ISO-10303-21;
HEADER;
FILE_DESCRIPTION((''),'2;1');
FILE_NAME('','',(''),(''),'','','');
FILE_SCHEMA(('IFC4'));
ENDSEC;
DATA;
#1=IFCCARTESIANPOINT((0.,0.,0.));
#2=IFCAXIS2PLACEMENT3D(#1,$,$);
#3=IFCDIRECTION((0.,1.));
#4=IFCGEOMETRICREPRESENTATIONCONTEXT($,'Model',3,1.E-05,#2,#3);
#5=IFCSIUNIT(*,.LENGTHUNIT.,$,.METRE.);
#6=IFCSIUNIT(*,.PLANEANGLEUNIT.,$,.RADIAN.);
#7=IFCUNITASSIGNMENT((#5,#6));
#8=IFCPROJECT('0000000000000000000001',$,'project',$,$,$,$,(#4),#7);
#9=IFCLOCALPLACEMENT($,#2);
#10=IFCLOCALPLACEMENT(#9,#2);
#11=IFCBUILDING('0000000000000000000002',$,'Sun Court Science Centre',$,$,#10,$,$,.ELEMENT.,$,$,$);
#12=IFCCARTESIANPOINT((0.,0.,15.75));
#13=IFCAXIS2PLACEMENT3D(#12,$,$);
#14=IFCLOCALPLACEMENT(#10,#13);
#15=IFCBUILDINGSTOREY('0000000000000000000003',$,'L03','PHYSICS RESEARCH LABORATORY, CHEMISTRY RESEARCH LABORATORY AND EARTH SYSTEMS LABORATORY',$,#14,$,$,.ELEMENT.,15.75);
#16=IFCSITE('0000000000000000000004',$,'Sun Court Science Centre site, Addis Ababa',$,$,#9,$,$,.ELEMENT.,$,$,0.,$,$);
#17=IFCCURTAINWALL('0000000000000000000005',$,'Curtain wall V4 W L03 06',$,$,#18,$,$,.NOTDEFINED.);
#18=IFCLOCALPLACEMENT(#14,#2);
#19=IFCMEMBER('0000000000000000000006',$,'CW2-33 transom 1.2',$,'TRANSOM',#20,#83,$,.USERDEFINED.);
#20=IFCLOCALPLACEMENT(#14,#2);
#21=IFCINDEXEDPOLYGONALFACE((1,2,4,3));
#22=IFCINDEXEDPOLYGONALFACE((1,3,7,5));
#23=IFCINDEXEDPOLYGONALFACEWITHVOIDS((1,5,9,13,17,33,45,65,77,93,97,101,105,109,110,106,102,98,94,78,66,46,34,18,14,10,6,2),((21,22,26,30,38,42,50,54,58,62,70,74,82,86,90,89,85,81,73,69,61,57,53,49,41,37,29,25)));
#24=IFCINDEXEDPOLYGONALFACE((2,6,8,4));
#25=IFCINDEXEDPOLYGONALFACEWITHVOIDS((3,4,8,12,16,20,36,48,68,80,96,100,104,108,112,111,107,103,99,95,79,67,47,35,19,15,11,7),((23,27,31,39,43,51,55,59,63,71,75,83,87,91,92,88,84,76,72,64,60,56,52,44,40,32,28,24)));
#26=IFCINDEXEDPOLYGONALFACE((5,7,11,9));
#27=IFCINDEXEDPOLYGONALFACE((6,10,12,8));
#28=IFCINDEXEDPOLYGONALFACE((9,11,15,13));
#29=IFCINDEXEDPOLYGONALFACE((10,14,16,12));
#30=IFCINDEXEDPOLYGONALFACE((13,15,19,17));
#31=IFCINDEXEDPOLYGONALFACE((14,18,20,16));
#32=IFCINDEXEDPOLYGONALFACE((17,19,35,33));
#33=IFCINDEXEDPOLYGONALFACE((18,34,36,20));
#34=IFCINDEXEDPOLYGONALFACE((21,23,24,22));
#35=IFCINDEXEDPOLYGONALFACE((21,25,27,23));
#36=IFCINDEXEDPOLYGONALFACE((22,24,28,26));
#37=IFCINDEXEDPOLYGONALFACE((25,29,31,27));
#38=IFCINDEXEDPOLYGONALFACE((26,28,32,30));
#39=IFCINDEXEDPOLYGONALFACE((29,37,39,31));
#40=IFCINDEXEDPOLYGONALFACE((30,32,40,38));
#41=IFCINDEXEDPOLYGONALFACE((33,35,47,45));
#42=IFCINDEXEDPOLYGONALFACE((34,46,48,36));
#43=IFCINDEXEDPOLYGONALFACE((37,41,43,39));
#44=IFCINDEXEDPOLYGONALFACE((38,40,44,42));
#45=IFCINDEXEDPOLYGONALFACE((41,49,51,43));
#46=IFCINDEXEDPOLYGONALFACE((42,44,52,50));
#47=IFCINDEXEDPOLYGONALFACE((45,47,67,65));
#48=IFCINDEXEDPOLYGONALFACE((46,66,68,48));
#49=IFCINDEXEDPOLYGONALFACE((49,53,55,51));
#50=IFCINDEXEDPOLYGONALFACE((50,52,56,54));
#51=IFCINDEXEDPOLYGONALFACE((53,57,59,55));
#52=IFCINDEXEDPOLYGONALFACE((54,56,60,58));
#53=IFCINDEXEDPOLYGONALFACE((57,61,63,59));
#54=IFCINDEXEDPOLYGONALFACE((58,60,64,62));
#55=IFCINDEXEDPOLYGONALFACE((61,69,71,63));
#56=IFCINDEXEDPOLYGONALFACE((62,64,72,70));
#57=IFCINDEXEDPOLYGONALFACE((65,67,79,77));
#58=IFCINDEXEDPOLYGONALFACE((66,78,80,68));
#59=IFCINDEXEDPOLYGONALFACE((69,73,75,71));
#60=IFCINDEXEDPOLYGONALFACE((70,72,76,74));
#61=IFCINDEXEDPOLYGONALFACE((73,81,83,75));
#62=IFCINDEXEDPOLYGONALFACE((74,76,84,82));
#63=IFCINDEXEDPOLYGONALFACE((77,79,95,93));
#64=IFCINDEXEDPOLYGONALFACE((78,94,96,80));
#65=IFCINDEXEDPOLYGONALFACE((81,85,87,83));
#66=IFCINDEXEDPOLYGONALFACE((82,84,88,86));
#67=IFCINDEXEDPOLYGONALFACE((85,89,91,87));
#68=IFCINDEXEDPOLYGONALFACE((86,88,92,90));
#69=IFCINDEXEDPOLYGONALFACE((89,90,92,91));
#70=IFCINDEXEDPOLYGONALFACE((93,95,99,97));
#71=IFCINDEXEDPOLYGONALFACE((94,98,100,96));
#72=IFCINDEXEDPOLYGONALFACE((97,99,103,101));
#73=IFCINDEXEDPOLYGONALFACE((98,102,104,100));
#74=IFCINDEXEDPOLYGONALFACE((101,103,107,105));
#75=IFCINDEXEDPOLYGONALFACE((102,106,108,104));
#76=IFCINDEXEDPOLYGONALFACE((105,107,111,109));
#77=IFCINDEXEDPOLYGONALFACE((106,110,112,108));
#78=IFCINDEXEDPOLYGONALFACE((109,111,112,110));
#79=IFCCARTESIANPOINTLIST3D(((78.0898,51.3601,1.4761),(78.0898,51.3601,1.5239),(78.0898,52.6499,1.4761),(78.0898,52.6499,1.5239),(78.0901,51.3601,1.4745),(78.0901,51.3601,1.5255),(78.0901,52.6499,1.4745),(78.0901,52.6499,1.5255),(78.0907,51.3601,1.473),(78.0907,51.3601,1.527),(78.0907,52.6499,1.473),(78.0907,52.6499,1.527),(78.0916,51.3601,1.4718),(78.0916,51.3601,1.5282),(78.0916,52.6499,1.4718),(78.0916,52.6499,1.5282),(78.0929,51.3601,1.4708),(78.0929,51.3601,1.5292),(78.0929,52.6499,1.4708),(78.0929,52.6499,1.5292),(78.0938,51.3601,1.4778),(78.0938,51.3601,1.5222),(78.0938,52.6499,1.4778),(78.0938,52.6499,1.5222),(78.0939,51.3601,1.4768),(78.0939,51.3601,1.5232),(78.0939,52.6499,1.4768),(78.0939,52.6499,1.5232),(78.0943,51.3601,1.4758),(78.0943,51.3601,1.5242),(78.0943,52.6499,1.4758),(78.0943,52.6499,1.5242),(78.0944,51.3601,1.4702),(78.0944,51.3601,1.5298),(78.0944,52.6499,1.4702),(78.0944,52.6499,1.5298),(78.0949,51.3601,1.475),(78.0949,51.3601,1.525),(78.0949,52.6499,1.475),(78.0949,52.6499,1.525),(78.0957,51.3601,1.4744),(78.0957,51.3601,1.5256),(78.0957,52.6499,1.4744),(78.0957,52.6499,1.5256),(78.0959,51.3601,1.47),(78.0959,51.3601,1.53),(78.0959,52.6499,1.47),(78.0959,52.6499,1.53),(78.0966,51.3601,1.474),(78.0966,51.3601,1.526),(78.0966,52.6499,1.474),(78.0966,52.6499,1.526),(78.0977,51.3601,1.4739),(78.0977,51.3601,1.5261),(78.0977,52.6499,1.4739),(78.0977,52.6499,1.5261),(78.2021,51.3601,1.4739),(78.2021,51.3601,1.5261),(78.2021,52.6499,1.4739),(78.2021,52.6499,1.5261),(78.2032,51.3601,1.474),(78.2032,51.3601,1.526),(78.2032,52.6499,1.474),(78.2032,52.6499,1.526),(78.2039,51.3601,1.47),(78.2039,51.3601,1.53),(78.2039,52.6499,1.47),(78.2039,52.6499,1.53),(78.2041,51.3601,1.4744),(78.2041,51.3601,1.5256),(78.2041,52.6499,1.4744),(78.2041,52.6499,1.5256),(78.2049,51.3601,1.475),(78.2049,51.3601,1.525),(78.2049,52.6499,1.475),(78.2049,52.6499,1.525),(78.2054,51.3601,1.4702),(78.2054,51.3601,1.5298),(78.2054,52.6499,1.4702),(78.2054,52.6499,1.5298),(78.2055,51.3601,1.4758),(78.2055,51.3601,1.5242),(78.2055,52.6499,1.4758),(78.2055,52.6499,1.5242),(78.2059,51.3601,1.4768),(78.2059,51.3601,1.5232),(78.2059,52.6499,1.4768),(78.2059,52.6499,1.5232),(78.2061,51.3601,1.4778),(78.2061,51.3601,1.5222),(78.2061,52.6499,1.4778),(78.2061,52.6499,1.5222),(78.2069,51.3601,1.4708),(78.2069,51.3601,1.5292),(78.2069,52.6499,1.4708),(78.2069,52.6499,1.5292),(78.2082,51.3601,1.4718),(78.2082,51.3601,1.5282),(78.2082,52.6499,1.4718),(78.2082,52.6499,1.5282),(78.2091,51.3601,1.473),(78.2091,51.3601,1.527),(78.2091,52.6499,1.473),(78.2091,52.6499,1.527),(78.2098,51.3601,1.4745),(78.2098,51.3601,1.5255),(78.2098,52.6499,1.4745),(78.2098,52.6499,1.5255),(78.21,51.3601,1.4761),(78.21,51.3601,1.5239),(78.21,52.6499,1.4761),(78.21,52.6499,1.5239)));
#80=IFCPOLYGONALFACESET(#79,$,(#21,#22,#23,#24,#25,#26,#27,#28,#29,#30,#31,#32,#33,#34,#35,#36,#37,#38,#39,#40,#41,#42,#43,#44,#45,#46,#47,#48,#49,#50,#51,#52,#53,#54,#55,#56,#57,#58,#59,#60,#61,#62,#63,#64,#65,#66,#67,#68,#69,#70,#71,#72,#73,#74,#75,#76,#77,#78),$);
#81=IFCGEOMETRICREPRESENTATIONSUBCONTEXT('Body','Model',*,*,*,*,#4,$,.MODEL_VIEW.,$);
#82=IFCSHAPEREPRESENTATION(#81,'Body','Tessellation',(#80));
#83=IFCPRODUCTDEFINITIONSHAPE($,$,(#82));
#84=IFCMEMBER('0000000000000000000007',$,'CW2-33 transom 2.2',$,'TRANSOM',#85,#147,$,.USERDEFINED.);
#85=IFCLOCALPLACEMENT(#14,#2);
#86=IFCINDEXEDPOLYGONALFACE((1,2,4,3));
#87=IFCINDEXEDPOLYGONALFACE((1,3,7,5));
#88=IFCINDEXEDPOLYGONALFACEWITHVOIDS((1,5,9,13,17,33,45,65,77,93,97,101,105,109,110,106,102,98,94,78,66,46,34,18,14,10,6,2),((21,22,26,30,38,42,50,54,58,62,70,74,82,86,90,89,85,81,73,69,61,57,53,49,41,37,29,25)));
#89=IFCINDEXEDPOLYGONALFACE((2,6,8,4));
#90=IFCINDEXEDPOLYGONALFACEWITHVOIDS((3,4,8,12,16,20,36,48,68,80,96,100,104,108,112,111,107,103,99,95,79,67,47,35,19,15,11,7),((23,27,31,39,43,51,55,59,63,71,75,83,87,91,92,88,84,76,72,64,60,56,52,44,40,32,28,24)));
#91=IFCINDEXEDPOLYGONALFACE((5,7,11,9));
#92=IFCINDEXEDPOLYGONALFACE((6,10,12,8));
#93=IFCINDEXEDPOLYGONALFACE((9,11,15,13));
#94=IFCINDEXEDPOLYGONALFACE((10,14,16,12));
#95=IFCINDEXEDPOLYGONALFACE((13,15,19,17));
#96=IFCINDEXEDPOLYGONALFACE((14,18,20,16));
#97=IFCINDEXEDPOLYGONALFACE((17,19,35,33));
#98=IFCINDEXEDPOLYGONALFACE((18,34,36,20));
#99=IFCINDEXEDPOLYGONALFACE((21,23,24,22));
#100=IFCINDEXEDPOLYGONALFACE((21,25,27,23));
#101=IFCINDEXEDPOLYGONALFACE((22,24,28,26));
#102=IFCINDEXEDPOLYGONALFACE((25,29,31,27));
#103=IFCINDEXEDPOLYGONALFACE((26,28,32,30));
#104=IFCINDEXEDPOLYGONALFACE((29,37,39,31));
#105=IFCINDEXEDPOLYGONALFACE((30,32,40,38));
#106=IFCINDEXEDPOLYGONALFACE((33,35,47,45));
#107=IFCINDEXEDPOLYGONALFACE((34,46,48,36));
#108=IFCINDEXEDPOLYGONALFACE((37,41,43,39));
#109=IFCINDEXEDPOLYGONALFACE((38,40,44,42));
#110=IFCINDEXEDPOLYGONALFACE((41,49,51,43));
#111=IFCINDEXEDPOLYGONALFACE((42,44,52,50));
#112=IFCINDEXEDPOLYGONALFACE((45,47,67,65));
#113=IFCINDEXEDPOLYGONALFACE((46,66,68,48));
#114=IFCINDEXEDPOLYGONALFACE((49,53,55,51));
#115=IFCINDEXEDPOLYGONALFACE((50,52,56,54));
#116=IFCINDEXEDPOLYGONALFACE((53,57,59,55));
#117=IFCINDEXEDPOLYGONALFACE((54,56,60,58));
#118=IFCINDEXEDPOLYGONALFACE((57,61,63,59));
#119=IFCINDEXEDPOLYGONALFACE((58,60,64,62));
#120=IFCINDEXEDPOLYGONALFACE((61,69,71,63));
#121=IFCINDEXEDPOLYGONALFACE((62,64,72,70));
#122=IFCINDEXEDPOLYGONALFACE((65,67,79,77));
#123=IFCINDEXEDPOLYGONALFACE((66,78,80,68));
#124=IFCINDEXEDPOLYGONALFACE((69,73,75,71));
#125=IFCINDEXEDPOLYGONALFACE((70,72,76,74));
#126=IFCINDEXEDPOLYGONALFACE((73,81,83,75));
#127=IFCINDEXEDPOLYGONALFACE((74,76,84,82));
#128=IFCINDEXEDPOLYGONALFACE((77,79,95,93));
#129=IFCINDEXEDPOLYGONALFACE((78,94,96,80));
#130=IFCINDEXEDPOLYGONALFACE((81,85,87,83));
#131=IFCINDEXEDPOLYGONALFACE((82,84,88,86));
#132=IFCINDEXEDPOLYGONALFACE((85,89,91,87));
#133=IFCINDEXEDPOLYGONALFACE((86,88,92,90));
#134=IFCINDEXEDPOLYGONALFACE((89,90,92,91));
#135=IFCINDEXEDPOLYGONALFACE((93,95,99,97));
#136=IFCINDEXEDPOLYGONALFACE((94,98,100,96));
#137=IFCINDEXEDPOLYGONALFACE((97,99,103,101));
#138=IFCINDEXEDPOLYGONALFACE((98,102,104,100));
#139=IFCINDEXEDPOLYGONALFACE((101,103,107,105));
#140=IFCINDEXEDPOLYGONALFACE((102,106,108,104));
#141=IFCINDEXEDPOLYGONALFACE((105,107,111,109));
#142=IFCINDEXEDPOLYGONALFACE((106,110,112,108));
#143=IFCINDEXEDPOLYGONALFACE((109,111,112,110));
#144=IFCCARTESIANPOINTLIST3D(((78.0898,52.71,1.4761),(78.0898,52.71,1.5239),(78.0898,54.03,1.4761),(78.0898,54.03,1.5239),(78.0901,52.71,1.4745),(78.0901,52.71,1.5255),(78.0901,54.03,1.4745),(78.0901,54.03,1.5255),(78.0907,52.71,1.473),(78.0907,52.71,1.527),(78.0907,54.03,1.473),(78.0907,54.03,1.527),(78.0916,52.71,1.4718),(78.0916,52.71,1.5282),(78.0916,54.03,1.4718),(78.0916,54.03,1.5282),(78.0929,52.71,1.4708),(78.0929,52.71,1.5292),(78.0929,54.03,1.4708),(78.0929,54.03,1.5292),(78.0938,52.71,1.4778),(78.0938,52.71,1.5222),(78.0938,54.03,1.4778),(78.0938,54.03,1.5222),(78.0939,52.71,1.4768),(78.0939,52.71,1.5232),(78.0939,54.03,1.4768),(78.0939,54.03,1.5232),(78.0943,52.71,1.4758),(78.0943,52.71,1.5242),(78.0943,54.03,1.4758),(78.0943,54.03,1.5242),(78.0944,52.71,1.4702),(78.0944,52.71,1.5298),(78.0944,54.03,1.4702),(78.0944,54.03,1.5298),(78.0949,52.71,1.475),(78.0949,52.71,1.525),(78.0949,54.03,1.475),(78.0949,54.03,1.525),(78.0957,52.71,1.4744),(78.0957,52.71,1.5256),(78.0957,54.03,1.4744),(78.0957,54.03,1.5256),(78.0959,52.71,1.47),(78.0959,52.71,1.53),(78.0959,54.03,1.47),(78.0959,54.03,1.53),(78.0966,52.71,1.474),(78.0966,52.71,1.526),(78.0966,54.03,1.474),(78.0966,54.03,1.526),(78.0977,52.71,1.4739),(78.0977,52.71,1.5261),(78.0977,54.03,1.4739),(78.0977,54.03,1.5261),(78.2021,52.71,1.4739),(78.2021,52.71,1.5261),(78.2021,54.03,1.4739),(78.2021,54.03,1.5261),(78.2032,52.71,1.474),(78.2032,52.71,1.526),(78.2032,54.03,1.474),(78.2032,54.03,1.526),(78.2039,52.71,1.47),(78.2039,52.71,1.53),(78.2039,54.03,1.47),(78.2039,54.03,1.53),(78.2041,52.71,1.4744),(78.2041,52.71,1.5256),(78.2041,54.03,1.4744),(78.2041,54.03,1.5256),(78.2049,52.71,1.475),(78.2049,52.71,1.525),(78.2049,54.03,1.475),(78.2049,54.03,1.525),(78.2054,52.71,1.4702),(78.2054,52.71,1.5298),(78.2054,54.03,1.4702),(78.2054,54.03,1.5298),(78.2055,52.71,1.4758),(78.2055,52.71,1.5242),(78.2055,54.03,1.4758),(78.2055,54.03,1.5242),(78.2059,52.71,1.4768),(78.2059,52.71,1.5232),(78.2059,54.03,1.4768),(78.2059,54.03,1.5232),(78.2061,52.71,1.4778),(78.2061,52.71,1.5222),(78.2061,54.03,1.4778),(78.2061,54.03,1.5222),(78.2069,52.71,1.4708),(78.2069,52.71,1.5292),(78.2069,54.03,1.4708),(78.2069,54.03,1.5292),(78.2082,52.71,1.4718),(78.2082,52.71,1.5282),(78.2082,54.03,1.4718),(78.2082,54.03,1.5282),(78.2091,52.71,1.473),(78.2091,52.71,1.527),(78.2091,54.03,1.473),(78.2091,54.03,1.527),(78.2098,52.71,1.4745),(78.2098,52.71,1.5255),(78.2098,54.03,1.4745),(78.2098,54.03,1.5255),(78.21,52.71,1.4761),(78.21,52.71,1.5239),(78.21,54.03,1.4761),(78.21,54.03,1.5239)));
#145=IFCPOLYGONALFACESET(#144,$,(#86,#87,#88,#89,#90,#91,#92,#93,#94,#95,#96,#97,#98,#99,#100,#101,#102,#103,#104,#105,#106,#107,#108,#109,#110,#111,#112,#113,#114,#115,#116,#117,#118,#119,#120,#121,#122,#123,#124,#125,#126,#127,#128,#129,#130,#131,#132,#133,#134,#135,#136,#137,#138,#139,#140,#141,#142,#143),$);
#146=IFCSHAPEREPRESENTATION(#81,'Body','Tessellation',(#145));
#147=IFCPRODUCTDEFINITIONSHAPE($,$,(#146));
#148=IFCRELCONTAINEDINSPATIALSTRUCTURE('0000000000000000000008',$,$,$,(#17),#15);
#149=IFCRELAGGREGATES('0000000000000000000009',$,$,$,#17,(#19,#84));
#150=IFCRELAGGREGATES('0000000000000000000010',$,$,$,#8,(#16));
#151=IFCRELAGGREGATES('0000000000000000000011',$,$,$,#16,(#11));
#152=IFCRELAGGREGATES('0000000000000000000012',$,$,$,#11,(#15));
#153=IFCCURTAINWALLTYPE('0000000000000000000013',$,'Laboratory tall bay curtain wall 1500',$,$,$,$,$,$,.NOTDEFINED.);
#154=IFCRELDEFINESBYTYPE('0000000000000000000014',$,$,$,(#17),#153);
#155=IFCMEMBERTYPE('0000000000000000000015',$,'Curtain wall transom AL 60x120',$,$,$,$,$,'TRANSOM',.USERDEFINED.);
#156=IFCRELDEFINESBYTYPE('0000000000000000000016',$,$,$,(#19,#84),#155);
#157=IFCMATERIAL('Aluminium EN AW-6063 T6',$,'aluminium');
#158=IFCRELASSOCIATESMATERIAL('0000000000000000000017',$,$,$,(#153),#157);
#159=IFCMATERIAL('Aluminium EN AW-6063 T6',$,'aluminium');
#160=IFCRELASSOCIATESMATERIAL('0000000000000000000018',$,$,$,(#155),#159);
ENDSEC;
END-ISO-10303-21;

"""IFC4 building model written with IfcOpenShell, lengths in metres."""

from ifc_helpers import new_model, si_unit, direction, frame, origin, origin_2d, place, context, subcontext, project, spatial, hollow_rectangle, extrude, material, material_profile, profile_set, type_object, element, aggregate, save


model = new_model("IFC4")

# Units and contexts
model_context = context("Model", 3, precision=1e-05, world=origin(), true_north=direction((0.0, 1.0)))
body_context = subcontext(model_context, "Body", "Model", "MODEL_VIEW")
ifc_project = project(units=[si_unit("LENGTHUNIT", "METRE"), si_unit("PLANEANGLEUNIT", "RADIAN")], contexts=[model_context])

# Site, building, storey
site_placement = place(None, origin())
site = spatial("IfcSite", under=ifc_project, at=site_placement, Name="Sun Court Science Centre site, Addis Ababa", CompositionType="ELEMENT", RefElevation=0.0)
building_placement = place(site_placement, origin())
building = spatial("IfcBuilding", under=site, at=building_placement, Name="Sun Court Science Centre", CompositionType="ELEMENT")
storey_placement = place(building_placement, frame((0.0, 0.0, 15.75)))
storey = spatial("IfcBuildingStorey", under=building, at=storey_placement, Name="L03", Description="PHYSICS RESEARCH LABORATORY, CHEMISTRY RESEARCH LABORATORY AND EARTH SYSTEMS LABORATORY", CompositionType="ELEMENT", Elevation=15.75)

# Curtain wall
ifc_material_1 = material(Name="Aluminium EN AW-6063 T6", Category="aluminium")
curtain_wall_type = type_object("IfcCurtainWallType", Name="Laboratory tall bay curtain wall 1500", PredefinedType="NOTDEFINED", material=ifc_material_1)
curtain_wall_1_placement = place(storey_placement, origin())
curtain_wall_1 = element("IfcCurtainWall", 1, at=curtain_wall_1_placement, inside=storey, type_object=curtain_wall_type, Name="Curtain wall V4 W L03 06", PredefinedType="NOTDEFINED")

# Members
ifc_material_2 = material(Name="Aluminium EN AW-6063 T6", Category="aluminium")
ifc_material_profile_1 = material_profile(ifc_material_2, hollow_rectangle(XDim=0.0601, YDim=0.1201, WallThickness=0.0039, InnerFilletRadius=0.0039, OuterFilletRadius=0.0061, at=origin_2d()), Name="AL 60x120x4")
ifc_profile_set_1 = profile_set([ifc_material_profile_1], Name="Aluminium EN AW-6063 T6")
member_type_1 = type_object("IfcMemberType", Name="Curtain wall transom AL 60x120", ElementType="TRANSOM", PredefinedType="USERDEFINED", material=ifc_profile_set_1)
member_1_placement = place(storey_placement, frame((78.1499, 51.3601, 1.5), z_axis=(0.0, 1.0, 0.0), x_axis=(0.0, 0.0, 1.0)))
member_1 = element("IfcMember", 2, at=member_1_placement, type_object=member_type_1, Name="CW2-33 transom 1.2", ObjectType="TRANSOM", PredefinedType="USERDEFINED", context=body_context, shape_type="SweptSolid", body=[
    extrude(hollow_rectangle(XDim=0.0601, YDim=0.1201, WallThickness=0.0039, InnerFilletRadius=0.0039, OuterFilletRadius=0.0061, at=origin_2d()), origin(), (0.0, 0.0, 1.0), 1.2898),
])
member_2_placement = place(storey_placement, frame((78.1499, 52.71, 1.5), z_axis=(0.0, 1.0, 0.0), x_axis=(0.0, 0.0, 1.0)))
member_2 = element("IfcMember", 3, at=member_2_placement, type_object=member_type_1, Name="CW2-33 transom 2.2", ObjectType="TRANSOM", PredefinedType="USERDEFINED", context=body_context, shape_type="SweptSolid", body=[
    extrude(hollow_rectangle(XDim=0.0601, YDim=0.1201, WallThickness=0.0039, InnerFilletRadius=0.0039, OuterFilletRadius=0.0061, at=origin_2d()), origin(), (0.0, 0.0, 1.0), 1.3201),
])

aggregate(curtain_wall_1, [member_1, member_2])

save(model, "model.ifc")
